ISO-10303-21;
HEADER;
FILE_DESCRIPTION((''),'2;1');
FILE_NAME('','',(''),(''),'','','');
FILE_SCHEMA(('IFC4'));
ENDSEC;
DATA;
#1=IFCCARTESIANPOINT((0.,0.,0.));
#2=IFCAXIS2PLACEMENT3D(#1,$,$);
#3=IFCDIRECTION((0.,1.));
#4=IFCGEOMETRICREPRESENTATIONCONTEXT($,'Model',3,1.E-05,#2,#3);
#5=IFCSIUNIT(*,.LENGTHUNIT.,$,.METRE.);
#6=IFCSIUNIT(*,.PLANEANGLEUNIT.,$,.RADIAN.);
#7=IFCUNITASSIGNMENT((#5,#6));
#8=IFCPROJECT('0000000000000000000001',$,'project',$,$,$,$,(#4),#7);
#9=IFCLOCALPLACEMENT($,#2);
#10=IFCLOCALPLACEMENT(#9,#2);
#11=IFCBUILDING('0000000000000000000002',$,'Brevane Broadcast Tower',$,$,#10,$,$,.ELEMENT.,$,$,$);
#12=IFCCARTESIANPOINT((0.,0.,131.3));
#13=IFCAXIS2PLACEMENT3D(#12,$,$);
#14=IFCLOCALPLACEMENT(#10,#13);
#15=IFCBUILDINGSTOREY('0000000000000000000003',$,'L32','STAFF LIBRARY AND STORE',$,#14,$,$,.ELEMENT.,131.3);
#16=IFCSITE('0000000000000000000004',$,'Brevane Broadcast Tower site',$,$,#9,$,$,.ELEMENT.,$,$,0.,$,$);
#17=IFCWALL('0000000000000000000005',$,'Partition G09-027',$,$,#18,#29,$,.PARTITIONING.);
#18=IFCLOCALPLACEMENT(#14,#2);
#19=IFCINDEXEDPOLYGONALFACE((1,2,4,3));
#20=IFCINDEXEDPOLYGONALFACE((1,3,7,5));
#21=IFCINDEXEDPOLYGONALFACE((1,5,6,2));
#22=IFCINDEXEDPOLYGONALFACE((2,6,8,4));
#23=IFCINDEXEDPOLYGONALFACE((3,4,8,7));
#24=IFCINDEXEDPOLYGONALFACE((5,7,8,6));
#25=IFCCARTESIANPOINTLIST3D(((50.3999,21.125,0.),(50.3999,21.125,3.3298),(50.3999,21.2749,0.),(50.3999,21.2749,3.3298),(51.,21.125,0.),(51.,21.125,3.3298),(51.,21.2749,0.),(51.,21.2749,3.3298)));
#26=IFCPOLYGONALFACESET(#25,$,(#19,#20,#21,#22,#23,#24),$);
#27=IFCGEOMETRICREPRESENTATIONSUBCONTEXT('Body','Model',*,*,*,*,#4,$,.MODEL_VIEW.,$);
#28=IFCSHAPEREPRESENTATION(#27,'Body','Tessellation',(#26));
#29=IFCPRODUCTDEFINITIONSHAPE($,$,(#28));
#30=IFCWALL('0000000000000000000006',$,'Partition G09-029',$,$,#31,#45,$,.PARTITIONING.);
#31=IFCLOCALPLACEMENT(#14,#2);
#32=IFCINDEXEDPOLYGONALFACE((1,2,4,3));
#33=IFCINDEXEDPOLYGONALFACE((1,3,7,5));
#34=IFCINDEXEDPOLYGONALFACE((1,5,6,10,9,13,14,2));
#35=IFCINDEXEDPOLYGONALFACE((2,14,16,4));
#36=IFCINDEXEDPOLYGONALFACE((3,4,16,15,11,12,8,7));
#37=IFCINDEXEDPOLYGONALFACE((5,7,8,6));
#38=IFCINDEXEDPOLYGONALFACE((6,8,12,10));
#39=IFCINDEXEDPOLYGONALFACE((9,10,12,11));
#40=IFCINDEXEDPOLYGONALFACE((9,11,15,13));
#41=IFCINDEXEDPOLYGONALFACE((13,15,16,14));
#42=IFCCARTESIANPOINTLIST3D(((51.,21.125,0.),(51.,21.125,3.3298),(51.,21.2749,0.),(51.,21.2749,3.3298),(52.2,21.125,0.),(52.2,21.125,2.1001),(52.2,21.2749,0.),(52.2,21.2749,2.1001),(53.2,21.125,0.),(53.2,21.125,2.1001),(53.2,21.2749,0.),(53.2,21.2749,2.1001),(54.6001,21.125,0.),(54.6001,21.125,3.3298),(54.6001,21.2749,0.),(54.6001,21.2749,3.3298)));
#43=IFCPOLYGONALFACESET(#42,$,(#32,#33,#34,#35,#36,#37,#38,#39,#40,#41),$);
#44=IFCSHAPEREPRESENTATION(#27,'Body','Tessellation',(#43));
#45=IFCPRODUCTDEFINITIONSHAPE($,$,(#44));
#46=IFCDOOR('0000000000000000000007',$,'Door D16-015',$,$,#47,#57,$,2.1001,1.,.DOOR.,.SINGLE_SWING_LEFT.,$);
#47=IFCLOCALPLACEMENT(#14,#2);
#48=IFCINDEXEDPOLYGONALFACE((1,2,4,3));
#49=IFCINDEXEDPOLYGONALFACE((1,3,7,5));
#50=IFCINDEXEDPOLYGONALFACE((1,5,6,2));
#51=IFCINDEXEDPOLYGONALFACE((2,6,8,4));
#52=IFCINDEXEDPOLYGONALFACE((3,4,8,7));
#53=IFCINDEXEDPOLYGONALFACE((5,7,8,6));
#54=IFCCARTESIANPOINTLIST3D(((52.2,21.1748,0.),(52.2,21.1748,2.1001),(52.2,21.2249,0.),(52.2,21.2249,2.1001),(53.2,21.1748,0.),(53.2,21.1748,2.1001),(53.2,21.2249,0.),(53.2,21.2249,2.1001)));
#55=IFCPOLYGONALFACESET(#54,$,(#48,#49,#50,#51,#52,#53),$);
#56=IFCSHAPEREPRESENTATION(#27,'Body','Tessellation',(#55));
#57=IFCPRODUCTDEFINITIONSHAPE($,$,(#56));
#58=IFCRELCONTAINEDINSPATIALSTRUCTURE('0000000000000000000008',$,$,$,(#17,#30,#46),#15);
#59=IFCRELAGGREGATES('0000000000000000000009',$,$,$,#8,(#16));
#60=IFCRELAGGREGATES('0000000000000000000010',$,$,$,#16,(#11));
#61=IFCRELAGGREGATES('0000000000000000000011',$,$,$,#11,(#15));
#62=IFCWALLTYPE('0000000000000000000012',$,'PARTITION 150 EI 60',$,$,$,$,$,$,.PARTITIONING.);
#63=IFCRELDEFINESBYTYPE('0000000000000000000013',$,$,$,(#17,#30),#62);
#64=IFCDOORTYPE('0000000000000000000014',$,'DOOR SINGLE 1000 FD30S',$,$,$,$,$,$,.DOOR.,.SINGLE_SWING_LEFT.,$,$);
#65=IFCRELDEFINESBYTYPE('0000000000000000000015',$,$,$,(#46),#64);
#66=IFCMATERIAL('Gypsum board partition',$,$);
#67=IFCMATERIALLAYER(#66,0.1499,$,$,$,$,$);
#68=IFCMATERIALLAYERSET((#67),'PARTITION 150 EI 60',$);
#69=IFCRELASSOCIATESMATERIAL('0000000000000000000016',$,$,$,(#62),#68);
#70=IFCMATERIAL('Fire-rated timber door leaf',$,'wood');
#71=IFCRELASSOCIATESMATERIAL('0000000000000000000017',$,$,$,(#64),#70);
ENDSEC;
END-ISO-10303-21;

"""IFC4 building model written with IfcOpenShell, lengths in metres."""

from ifc_helpers import new_model, si_unit, direction, frame, frame_2d, origin, place, context, subcontext, project, spatial, rectangle, extrude, material, layer, layer_set, type_object, element, fill, save


model = new_model("IFC4")

# Units and contexts
model_context = context("Model", 3, precision=1e-05, world=origin(), true_north=direction((0.0, 1.0)))
body_context = subcontext(model_context, "Body", "Model", "MODEL_VIEW")
ifc_project = project(units=[si_unit("LENGTHUNIT", "METRE"), si_unit("PLANEANGLEUNIT", "RADIAN")], contexts=[model_context])

# Site, building, storey
site_placement = place(None, origin())
site = spatial("IfcSite", under=ifc_project, at=site_placement, Name="Brevane Broadcast Tower site", CompositionType="ELEMENT", RefElevation=0.0)
building_placement = place(site_placement, origin())
building = spatial("IfcBuilding", under=site, at=building_placement, Name="Brevane Broadcast Tower", CompositionType="ELEMENT")
storey_placement = place(building_placement, frame((0.0, 0.0, 131.3)))
storey = spatial("IfcBuildingStorey", under=building, at=storey_placement, Name="L32", Description="STAFF LIBRARY AND STORE", CompositionType="ELEMENT", Elevation=131.3)

# Shared definitions
ifc_material_1 = material(Name="Gypsum board partition")

# Shared definitions
ifc_layer_1 = layer(ifc_material_1, 0.1499)
ifc_layer_set_1 = layer_set([ifc_layer_1], Name="PARTITION 150 EI 60")
wall_type_1 = type_object("IfcWallType", Name="PARTITION 150 EI 60", PredefinedType="PARTITIONING", material=ifc_layer_set_1)
ifc_material_2 = material(Name="Fire-rated timber door leaf", Category="wood")

# Wall
wall_1_placement = place(storey_placement, frame((50.3999, 21.2, 0.0), z_axis=(0.0, 0.0, 1.0), x_axis=(1.0, 0.0, 0.0)))
element("IfcWall", 1, at=wall_1_placement, inside=storey, type_object=wall_type_1, Name="Partition G09-027", PredefinedType="PARTITIONING", context=body_context, shape_type="SweptSolid", body=[
    extrude(rectangle(XDim=0.6001, YDim=0.1499, at=frame_2d((0.3, 0.0))), origin(), (0.0, 0.0, 1.0), 3.3298),
])

# Wall, opening, door
wall_2_placement = place(storey_placement, frame((51.0, 21.2, 0.0), z_axis=(0.0, 0.0, 1.0), x_axis=(1.0, 0.0, 0.0)))
wall_2 = element("IfcWall", 2, at=wall_2_placement, inside=storey, type_object=wall_type_1, Name="Partition G09-029", PredefinedType="PARTITIONING", context=body_context, shape_type="SweptSolid", body=[
    extrude(rectangle(XDim=3.6001, YDim=0.1499, at=frame_2d((1.8, 0.0))), origin(), (0.0, 0.0, 1.0), 3.3298),
])
opening_1_placement = place(wall_2_placement, frame((1.2, 0.0, 0.0)))
opening_1 = element("IfcOpeningElement", 3, at=opening_1_placement, cuts=wall_2, PredefinedType="OPENING", context=body_context, shape_type="SweptSolid", body=[
    extrude(rectangle(XDim=1.0, YDim=2.1001, at=frame_2d((0.5, 1.05))), frame((0.0, 0.085, 0.0), z_axis=(0.0, -1.0, 0.0), x_axis=(1.0, 0.0, 0.0)), (0.0, 0.0, 1.0), 0.1699),
])
door_type_1 = type_object("IfcDoorType", Name="DOOR SINGLE 1000 FD30S", OperationType="SINGLE_SWING_LEFT", PredefinedType="DOOR", material=ifc_material_2)
door_1_placement = place(opening_1_placement, origin())
door_1 = element("IfcDoor", 4, at=door_1_placement, inside=storey, type_object=door_type_1, Name="Door D16-015", OperationType="SINGLE_SWING_LEFT", OverallHeight=2.1001, OverallWidth=1.0, PredefinedType="DOOR", context=body_context, shape_type="SweptSolid", body=[
    extrude(rectangle(XDim=1.0, YDim=2.1001, at=frame_2d((0.5, 1.05))), frame((0.0, 0.0249, 0.0), z_axis=(0.0, -1.0, 0.0), x_axis=(1.0, 0.0, 0.0)), (0.0, 0.0, 1.0), 0.05),
])
fill(opening_1, door_1)

save(model, "model.ifc")
